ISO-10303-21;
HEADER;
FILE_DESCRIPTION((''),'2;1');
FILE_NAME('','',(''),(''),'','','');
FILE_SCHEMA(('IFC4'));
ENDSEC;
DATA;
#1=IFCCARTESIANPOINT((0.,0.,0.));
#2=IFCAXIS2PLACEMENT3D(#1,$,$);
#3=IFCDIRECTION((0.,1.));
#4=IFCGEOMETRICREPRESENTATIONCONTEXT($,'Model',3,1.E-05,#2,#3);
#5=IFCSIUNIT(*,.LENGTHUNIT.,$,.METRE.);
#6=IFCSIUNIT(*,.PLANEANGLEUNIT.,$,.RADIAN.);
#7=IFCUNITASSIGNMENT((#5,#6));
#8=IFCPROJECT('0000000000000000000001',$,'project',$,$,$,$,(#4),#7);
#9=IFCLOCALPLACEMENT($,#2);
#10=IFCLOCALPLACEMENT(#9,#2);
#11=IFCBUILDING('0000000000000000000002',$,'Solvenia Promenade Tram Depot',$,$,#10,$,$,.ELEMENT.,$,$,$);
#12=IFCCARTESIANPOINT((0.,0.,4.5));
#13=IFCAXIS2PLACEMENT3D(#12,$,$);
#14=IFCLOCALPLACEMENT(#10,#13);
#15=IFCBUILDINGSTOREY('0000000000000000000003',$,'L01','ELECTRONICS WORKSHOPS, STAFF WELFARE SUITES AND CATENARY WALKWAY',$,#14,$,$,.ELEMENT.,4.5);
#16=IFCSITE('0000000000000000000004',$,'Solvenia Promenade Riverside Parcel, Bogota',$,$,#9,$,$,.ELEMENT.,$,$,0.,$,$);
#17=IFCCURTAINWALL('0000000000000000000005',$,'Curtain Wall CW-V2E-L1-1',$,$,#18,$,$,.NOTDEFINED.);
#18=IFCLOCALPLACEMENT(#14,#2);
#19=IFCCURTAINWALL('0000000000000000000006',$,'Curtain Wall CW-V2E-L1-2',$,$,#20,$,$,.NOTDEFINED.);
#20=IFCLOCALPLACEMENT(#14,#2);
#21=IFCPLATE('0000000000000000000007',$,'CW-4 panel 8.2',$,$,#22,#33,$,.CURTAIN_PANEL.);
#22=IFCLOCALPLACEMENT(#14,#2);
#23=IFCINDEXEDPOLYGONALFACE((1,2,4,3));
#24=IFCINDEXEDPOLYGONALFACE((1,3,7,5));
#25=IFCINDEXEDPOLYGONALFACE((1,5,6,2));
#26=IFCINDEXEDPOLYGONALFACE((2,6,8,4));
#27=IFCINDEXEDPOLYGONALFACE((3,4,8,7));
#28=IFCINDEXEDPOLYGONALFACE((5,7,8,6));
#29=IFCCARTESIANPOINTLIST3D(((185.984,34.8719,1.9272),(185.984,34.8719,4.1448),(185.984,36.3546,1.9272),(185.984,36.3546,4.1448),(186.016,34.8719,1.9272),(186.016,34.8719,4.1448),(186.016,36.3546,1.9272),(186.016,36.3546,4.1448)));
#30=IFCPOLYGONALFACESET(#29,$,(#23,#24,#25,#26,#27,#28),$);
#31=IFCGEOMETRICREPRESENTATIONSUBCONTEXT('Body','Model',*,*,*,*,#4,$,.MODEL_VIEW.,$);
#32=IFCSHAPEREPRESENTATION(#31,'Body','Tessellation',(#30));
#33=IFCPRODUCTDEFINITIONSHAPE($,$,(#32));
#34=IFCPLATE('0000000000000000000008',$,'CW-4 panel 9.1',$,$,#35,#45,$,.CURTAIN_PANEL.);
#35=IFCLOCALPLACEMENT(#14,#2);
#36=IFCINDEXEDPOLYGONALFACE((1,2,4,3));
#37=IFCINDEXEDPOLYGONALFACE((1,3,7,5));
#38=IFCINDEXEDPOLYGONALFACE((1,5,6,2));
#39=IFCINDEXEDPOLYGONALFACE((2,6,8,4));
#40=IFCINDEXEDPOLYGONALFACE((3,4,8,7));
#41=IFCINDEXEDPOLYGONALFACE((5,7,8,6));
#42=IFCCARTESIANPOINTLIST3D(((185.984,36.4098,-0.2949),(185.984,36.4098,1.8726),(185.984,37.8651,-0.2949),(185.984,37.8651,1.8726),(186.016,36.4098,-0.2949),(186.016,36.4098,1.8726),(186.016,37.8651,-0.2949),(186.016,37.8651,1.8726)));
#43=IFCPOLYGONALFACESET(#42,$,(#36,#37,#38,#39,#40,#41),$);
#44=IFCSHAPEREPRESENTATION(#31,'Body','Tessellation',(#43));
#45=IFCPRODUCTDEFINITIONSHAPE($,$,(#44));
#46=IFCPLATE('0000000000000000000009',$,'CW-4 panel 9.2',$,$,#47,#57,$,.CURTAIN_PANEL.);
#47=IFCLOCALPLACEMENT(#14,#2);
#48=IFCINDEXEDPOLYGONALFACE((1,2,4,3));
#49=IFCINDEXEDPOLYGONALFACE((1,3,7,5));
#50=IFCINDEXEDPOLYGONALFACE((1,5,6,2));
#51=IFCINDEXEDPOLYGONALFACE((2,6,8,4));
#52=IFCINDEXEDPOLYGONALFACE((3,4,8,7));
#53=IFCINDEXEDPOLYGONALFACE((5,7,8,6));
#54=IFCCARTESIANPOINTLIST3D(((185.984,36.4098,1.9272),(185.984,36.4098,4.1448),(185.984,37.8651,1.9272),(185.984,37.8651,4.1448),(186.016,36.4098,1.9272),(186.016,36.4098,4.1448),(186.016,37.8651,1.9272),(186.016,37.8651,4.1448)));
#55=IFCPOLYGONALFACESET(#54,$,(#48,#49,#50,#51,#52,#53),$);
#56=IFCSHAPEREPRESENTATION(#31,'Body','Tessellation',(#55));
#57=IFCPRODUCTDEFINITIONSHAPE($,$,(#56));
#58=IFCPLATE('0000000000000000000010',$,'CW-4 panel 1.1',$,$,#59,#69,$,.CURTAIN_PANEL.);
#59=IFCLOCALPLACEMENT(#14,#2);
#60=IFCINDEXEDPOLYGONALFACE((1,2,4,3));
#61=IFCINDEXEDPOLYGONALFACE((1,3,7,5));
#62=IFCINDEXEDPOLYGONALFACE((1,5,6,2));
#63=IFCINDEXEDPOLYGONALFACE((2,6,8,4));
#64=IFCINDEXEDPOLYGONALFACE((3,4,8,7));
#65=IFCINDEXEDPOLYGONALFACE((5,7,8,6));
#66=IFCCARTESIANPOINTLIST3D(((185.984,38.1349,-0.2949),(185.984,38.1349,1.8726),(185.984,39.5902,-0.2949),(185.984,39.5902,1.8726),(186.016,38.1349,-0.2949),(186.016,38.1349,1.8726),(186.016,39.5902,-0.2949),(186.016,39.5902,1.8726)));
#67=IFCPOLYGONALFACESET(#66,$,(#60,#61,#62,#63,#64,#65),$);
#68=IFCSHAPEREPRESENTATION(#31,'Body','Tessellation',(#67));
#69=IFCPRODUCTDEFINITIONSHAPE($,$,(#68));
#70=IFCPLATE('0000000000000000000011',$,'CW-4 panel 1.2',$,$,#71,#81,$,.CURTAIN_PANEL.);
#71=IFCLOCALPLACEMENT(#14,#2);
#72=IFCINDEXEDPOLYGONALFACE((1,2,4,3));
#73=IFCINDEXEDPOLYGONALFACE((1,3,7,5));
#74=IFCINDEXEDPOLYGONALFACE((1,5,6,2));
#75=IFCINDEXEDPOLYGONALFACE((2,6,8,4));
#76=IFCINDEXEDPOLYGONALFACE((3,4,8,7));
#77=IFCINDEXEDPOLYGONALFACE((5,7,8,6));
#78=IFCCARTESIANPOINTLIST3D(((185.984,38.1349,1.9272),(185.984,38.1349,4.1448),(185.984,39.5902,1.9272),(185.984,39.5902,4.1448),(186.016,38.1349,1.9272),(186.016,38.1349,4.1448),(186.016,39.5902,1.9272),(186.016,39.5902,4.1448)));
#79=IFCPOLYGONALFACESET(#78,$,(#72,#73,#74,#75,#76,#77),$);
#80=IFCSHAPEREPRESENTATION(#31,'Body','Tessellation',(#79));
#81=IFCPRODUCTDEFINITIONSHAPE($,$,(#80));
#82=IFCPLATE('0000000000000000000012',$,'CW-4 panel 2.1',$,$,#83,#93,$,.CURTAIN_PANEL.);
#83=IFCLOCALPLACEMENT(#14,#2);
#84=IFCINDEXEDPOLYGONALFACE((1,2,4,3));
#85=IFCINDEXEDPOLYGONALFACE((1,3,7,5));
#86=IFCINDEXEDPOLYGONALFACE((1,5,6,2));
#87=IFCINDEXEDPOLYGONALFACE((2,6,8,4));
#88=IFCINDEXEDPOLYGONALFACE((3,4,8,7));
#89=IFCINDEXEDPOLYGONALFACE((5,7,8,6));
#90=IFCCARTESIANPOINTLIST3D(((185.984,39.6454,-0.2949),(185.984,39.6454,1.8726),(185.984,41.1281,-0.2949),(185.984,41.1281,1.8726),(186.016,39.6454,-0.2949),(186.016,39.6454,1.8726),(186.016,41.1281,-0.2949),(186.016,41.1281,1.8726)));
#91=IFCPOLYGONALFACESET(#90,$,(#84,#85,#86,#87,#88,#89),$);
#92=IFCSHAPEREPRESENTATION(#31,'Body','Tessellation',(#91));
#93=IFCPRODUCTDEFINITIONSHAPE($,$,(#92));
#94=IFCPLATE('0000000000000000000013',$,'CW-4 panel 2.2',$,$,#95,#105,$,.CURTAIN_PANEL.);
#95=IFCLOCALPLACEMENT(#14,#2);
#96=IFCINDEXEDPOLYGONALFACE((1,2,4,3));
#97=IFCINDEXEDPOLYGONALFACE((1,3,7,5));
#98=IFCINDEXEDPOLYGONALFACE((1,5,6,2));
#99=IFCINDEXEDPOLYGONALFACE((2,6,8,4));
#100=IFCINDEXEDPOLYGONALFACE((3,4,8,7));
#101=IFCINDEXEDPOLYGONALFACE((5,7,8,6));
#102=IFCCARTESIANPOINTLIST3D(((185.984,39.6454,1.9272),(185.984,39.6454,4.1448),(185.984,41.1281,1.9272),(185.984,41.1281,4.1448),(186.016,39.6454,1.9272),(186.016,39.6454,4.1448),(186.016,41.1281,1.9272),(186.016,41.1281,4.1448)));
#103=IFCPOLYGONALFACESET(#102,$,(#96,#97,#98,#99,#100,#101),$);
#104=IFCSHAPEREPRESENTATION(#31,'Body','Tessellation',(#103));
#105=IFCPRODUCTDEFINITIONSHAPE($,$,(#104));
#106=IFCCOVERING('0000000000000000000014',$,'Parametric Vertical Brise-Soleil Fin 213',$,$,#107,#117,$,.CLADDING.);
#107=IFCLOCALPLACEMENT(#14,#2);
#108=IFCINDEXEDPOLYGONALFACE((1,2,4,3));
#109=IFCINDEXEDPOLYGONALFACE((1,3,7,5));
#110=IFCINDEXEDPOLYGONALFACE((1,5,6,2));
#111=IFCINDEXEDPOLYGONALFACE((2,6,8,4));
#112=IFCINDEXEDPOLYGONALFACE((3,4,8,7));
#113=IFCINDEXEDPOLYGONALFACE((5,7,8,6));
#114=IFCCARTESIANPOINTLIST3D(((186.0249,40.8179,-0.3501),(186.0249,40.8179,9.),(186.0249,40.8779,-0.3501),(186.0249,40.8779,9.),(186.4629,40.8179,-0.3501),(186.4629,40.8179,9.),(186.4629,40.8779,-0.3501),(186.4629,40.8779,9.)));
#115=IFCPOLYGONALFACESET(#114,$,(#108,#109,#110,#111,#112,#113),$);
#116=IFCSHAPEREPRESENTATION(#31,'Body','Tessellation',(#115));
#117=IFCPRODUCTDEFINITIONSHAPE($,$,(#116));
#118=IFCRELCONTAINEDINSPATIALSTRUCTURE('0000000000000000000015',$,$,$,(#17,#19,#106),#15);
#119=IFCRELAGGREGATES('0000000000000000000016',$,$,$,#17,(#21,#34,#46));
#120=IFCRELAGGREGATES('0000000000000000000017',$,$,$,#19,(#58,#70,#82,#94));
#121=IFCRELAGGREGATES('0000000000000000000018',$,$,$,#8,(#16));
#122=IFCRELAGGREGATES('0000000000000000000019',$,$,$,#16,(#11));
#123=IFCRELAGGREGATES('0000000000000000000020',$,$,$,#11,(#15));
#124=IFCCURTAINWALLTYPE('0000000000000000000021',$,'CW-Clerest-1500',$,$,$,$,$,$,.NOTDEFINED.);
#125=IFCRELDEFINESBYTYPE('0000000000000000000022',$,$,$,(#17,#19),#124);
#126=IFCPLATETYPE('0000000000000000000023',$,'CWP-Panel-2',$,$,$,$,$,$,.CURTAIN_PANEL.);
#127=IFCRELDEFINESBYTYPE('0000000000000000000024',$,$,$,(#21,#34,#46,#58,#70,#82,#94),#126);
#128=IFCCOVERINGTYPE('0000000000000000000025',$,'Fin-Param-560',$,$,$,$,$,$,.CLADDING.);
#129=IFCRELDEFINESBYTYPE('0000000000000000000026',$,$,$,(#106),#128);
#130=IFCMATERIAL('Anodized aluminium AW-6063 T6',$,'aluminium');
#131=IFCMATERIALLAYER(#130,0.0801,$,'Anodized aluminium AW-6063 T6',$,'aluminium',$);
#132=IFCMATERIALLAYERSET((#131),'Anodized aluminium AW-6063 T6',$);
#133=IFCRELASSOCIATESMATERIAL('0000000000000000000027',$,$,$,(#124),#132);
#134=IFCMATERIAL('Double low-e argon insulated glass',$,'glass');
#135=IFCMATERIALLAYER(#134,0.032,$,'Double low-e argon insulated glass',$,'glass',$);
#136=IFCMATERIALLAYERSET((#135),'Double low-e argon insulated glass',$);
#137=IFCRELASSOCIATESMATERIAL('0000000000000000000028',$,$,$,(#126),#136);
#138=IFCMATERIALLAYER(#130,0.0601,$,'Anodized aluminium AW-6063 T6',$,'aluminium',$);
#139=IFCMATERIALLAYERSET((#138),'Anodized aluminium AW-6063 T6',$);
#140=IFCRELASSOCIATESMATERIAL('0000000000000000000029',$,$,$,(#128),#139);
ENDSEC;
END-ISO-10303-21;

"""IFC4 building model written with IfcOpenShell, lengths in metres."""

from ifc_helpers import new_model, si_unit, direction, frame, origin, origin_2d, place, context, subcontext, project, spatial, rectangle, extrude, material, layer, layer_set, type_object, element, aggregate, save


model = new_model("IFC4")

# Units and contexts
model_context = context("Model", 3, precision=1e-05, world=origin(), true_north=direction((0.0, 1.0)))
body_context = subcontext(model_context, "Body", "Model", "MODEL_VIEW")
ifc_project = project(units=[si_unit("LENGTHUNIT", "METRE"), si_unit("PLANEANGLEUNIT", "RADIAN")], contexts=[model_context])

# Site, building, storey
site_placement = place(None, origin())
site = spatial("IfcSite", under=ifc_project, at=site_placement, Name="Solvenia Promenade Riverside Parcel, Bogota", CompositionType="ELEMENT", RefElevation=0.0)
building_placement = place(site_placement, origin())
building = spatial("IfcBuilding", under=site, at=building_placement, Name="Solvenia Promenade Tram Depot", CompositionType="ELEMENT")
storey_placement = place(building_placement, frame((0.0, 0.0, 4.5)))
storey = spatial("IfcBuildingStorey", under=building, at=storey_placement, Name="L01", Description="ELECTRONICS WORKSHOPS, STAFF WELFARE SUITES AND CATENARY WALKWAY", CompositionType="ELEMENT", Elevation=4.5)

# Curtain walls
ifc_material_1 = material(Name="Anodized aluminium AW-6063 T6", Category="aluminium")
ifc_layer_1 = layer(ifc_material_1, 0.0801, Name="Anodized aluminium AW-6063 T6", Category="aluminium")
ifc_layer_set_1 = layer_set([ifc_layer_1], Name="Anodized aluminium AW-6063 T6")
curtain_wall_type = type_object("IfcCurtainWallType", Name="CW-Clerest-1500", PredefinedType="NOTDEFINED", material=ifc_layer_set_1)
curtain_wall_1_placement = place(storey_placement, origin())
curtain_wall_1 = element("IfcCurtainWall", 1, at=curtain_wall_1_placement, inside=storey, type_object=curtain_wall_type, Name="Curtain Wall CW-V2E-L1-1", PredefinedType="NOTDEFINED")
curtain_wall_2_placement = place(storey_placement, origin())
curtain_wall_2 = element("IfcCurtainWall", 2, at=curtain_wall_2_placement, inside=storey, type_object=curtain_wall_type, Name="Curtain Wall CW-V2E-L1-2", PredefinedType="NOTDEFINED")

# Plates
ifc_material_2 = material(Name="Double low-e argon insulated glass", Category="glass")
ifc_layer_2 = layer(ifc_material_2, 0.032, Name="Double low-e argon insulated glass", Category="glass")
ifc_layer_set_2 = layer_set([ifc_layer_2], Name="Double low-e argon insulated glass")
plate_type = type_object("IfcPlateType", Name="CWP-Panel-2", PredefinedType="CURTAIN_PANEL", material=ifc_layer_set_2)
plate_1_placement = place(storey_placement, frame((186.0, 35.6133, 1.9272), z_axis=(0.0, 0.0, 1.0), x_axis=(0.0, 1.0, 0.0)))
plate_1 = element("IfcPlate", 3, at=plate_1_placement, type_object=plate_type, Name="CW-4 panel 8.2", PredefinedType="CURTAIN_PANEL", context=body_context, shape_type="SweptSolid", body=[
    extrude(rectangle(XDim=1.4827, YDim=0.032, at=origin_2d()), origin(), (0.0, 0.0, 1.0), 2.2175),
])
plate_2_placement = place(storey_placement, frame((186.0, 37.1375, -0.2949), z_axis=(0.0, 0.0, 1.0), x_axis=(0.0, 1.0, 0.0)))
plate_2 = element("IfcPlate", 4, at=plate_2_placement, type_object=plate_type, Name="CW-4 panel 9.1", PredefinedType="CURTAIN_PANEL", context=body_context, shape_type="SweptSolid", body=[
    extrude(rectangle(XDim=1.4553, YDim=0.032, at=origin_2d()), origin(), (0.0, 0.0, 1.0), 2.1675),
])
plate_3_placement = place(storey_placement, frame((186.0, 37.1375, 1.9272), z_axis=(0.0, 0.0, 1.0), x_axis=(0.0, 1.0, 0.0)))
plate_3 = element("IfcPlate", 5, at=plate_3_placement, type_object=plate_type, Name="CW-4 panel 9.2", PredefinedType="CURTAIN_PANEL", context=body_context, shape_type="SweptSolid", body=[
    extrude(rectangle(XDim=1.4553, YDim=0.032, at=origin_2d()), origin(), (0.0, 0.0, 1.0), 2.2175),
])
aggregate(curtain_wall_1, [plate_1, plate_2, plate_3])
plate_4_placement = place(storey_placement, frame((186.0, 38.8625, -0.2949), z_axis=(0.0, 0.0, 1.0), x_axis=(0.0, 1.0, 0.0)))
plate_4 = element("IfcPlate", 6, at=plate_4_placement, type_object=plate_type, Name="CW-4 panel 1.1", PredefinedType="CURTAIN_PANEL", context=body_context, shape_type="SweptSolid", body=[
    extrude(rectangle(XDim=1.4553, YDim=0.032, at=origin_2d()), origin(), (0.0, 0.0, 1.0), 2.1675),
])
plate_5_placement = place(storey_placement, frame((186.0, 38.8625, 1.9272), z_axis=(0.0, 0.0, 1.0), x_axis=(0.0, 1.0, 0.0)))
plate_5 = element("IfcPlate", 7, at=plate_5_placement, type_object=plate_type, Name="CW-4 panel 1.2", PredefinedType="CURTAIN_PANEL", context=body_context, shape_type="SweptSolid", body=[
    extrude(rectangle(XDim=1.4553, YDim=0.032, at=origin_2d()), origin(), (0.0, 0.0, 1.0), 2.2175),
])
plate_6_placement = place(storey_placement, frame((186.0, 40.3867, -0.2949), z_axis=(0.0, 0.0, 1.0), x_axis=(0.0, 1.0, 0.0)))
plate_6 = element("IfcPlate", 8, at=plate_6_placement, type_object=plate_type, Name="CW-4 panel 2.1", PredefinedType="CURTAIN_PANEL", context=body_context, shape_type="SweptSolid", body=[
    extrude(rectangle(XDim=1.4827, YDim=0.032, at=origin_2d()), origin(), (0.0, 0.0, 1.0), 2.1675),
])
plate_7_placement = place(storey_placement, frame((186.0, 40.3867, 1.9272), z_axis=(0.0, 0.0, 1.0), x_axis=(0.0, 1.0, 0.0)))
plate_7 = element("IfcPlate", 9, at=plate_7_placement, type_object=plate_type, Name="CW-4 panel 2.2", PredefinedType="CURTAIN_PANEL", context=body_context, shape_type="SweptSolid", body=[
    extrude(rectangle(XDim=1.4827, YDim=0.032, at=origin_2d()), origin(), (0.0, 0.0, 1.0), 2.2175),
])
aggregate(curtain_wall_2, [plate_4, plate_5, plate_6, plate_7])

# Covering
ifc_layer_3 = layer(ifc_material_1, 0.0601, Name="Anodized aluminium AW-6063 T6", Category="aluminium")
ifc_layer_set_3 = layer_set([ifc_layer_3], Name="Anodized aluminium AW-6063 T6")
covering_type = type_object("IfcCoveringType", Name="Fin-Param-560", PredefinedType="CLADDING", material=ifc_layer_set_3)
covering_placement = place(storey_placement, frame((186.2439, 40.8479, -0.3501), z_axis=(0.0, 0.0, 1.0), x_axis=(0.0, 1.0, 0.0)))
element("IfcCovering", 10, at=covering_placement, inside=storey, type_object=covering_type, Name="Parametric Vertical Brise-Soleil Fin 213", PredefinedType="CLADDING", context=body_context, shape_type="SweptSolid", body=[
    extrude(rectangle(XDim=0.0601, YDim=0.438, at=origin_2d()), origin(), (0.0, 0.0, 1.0), 9.3501),
])

save(model, "model.ifc")
